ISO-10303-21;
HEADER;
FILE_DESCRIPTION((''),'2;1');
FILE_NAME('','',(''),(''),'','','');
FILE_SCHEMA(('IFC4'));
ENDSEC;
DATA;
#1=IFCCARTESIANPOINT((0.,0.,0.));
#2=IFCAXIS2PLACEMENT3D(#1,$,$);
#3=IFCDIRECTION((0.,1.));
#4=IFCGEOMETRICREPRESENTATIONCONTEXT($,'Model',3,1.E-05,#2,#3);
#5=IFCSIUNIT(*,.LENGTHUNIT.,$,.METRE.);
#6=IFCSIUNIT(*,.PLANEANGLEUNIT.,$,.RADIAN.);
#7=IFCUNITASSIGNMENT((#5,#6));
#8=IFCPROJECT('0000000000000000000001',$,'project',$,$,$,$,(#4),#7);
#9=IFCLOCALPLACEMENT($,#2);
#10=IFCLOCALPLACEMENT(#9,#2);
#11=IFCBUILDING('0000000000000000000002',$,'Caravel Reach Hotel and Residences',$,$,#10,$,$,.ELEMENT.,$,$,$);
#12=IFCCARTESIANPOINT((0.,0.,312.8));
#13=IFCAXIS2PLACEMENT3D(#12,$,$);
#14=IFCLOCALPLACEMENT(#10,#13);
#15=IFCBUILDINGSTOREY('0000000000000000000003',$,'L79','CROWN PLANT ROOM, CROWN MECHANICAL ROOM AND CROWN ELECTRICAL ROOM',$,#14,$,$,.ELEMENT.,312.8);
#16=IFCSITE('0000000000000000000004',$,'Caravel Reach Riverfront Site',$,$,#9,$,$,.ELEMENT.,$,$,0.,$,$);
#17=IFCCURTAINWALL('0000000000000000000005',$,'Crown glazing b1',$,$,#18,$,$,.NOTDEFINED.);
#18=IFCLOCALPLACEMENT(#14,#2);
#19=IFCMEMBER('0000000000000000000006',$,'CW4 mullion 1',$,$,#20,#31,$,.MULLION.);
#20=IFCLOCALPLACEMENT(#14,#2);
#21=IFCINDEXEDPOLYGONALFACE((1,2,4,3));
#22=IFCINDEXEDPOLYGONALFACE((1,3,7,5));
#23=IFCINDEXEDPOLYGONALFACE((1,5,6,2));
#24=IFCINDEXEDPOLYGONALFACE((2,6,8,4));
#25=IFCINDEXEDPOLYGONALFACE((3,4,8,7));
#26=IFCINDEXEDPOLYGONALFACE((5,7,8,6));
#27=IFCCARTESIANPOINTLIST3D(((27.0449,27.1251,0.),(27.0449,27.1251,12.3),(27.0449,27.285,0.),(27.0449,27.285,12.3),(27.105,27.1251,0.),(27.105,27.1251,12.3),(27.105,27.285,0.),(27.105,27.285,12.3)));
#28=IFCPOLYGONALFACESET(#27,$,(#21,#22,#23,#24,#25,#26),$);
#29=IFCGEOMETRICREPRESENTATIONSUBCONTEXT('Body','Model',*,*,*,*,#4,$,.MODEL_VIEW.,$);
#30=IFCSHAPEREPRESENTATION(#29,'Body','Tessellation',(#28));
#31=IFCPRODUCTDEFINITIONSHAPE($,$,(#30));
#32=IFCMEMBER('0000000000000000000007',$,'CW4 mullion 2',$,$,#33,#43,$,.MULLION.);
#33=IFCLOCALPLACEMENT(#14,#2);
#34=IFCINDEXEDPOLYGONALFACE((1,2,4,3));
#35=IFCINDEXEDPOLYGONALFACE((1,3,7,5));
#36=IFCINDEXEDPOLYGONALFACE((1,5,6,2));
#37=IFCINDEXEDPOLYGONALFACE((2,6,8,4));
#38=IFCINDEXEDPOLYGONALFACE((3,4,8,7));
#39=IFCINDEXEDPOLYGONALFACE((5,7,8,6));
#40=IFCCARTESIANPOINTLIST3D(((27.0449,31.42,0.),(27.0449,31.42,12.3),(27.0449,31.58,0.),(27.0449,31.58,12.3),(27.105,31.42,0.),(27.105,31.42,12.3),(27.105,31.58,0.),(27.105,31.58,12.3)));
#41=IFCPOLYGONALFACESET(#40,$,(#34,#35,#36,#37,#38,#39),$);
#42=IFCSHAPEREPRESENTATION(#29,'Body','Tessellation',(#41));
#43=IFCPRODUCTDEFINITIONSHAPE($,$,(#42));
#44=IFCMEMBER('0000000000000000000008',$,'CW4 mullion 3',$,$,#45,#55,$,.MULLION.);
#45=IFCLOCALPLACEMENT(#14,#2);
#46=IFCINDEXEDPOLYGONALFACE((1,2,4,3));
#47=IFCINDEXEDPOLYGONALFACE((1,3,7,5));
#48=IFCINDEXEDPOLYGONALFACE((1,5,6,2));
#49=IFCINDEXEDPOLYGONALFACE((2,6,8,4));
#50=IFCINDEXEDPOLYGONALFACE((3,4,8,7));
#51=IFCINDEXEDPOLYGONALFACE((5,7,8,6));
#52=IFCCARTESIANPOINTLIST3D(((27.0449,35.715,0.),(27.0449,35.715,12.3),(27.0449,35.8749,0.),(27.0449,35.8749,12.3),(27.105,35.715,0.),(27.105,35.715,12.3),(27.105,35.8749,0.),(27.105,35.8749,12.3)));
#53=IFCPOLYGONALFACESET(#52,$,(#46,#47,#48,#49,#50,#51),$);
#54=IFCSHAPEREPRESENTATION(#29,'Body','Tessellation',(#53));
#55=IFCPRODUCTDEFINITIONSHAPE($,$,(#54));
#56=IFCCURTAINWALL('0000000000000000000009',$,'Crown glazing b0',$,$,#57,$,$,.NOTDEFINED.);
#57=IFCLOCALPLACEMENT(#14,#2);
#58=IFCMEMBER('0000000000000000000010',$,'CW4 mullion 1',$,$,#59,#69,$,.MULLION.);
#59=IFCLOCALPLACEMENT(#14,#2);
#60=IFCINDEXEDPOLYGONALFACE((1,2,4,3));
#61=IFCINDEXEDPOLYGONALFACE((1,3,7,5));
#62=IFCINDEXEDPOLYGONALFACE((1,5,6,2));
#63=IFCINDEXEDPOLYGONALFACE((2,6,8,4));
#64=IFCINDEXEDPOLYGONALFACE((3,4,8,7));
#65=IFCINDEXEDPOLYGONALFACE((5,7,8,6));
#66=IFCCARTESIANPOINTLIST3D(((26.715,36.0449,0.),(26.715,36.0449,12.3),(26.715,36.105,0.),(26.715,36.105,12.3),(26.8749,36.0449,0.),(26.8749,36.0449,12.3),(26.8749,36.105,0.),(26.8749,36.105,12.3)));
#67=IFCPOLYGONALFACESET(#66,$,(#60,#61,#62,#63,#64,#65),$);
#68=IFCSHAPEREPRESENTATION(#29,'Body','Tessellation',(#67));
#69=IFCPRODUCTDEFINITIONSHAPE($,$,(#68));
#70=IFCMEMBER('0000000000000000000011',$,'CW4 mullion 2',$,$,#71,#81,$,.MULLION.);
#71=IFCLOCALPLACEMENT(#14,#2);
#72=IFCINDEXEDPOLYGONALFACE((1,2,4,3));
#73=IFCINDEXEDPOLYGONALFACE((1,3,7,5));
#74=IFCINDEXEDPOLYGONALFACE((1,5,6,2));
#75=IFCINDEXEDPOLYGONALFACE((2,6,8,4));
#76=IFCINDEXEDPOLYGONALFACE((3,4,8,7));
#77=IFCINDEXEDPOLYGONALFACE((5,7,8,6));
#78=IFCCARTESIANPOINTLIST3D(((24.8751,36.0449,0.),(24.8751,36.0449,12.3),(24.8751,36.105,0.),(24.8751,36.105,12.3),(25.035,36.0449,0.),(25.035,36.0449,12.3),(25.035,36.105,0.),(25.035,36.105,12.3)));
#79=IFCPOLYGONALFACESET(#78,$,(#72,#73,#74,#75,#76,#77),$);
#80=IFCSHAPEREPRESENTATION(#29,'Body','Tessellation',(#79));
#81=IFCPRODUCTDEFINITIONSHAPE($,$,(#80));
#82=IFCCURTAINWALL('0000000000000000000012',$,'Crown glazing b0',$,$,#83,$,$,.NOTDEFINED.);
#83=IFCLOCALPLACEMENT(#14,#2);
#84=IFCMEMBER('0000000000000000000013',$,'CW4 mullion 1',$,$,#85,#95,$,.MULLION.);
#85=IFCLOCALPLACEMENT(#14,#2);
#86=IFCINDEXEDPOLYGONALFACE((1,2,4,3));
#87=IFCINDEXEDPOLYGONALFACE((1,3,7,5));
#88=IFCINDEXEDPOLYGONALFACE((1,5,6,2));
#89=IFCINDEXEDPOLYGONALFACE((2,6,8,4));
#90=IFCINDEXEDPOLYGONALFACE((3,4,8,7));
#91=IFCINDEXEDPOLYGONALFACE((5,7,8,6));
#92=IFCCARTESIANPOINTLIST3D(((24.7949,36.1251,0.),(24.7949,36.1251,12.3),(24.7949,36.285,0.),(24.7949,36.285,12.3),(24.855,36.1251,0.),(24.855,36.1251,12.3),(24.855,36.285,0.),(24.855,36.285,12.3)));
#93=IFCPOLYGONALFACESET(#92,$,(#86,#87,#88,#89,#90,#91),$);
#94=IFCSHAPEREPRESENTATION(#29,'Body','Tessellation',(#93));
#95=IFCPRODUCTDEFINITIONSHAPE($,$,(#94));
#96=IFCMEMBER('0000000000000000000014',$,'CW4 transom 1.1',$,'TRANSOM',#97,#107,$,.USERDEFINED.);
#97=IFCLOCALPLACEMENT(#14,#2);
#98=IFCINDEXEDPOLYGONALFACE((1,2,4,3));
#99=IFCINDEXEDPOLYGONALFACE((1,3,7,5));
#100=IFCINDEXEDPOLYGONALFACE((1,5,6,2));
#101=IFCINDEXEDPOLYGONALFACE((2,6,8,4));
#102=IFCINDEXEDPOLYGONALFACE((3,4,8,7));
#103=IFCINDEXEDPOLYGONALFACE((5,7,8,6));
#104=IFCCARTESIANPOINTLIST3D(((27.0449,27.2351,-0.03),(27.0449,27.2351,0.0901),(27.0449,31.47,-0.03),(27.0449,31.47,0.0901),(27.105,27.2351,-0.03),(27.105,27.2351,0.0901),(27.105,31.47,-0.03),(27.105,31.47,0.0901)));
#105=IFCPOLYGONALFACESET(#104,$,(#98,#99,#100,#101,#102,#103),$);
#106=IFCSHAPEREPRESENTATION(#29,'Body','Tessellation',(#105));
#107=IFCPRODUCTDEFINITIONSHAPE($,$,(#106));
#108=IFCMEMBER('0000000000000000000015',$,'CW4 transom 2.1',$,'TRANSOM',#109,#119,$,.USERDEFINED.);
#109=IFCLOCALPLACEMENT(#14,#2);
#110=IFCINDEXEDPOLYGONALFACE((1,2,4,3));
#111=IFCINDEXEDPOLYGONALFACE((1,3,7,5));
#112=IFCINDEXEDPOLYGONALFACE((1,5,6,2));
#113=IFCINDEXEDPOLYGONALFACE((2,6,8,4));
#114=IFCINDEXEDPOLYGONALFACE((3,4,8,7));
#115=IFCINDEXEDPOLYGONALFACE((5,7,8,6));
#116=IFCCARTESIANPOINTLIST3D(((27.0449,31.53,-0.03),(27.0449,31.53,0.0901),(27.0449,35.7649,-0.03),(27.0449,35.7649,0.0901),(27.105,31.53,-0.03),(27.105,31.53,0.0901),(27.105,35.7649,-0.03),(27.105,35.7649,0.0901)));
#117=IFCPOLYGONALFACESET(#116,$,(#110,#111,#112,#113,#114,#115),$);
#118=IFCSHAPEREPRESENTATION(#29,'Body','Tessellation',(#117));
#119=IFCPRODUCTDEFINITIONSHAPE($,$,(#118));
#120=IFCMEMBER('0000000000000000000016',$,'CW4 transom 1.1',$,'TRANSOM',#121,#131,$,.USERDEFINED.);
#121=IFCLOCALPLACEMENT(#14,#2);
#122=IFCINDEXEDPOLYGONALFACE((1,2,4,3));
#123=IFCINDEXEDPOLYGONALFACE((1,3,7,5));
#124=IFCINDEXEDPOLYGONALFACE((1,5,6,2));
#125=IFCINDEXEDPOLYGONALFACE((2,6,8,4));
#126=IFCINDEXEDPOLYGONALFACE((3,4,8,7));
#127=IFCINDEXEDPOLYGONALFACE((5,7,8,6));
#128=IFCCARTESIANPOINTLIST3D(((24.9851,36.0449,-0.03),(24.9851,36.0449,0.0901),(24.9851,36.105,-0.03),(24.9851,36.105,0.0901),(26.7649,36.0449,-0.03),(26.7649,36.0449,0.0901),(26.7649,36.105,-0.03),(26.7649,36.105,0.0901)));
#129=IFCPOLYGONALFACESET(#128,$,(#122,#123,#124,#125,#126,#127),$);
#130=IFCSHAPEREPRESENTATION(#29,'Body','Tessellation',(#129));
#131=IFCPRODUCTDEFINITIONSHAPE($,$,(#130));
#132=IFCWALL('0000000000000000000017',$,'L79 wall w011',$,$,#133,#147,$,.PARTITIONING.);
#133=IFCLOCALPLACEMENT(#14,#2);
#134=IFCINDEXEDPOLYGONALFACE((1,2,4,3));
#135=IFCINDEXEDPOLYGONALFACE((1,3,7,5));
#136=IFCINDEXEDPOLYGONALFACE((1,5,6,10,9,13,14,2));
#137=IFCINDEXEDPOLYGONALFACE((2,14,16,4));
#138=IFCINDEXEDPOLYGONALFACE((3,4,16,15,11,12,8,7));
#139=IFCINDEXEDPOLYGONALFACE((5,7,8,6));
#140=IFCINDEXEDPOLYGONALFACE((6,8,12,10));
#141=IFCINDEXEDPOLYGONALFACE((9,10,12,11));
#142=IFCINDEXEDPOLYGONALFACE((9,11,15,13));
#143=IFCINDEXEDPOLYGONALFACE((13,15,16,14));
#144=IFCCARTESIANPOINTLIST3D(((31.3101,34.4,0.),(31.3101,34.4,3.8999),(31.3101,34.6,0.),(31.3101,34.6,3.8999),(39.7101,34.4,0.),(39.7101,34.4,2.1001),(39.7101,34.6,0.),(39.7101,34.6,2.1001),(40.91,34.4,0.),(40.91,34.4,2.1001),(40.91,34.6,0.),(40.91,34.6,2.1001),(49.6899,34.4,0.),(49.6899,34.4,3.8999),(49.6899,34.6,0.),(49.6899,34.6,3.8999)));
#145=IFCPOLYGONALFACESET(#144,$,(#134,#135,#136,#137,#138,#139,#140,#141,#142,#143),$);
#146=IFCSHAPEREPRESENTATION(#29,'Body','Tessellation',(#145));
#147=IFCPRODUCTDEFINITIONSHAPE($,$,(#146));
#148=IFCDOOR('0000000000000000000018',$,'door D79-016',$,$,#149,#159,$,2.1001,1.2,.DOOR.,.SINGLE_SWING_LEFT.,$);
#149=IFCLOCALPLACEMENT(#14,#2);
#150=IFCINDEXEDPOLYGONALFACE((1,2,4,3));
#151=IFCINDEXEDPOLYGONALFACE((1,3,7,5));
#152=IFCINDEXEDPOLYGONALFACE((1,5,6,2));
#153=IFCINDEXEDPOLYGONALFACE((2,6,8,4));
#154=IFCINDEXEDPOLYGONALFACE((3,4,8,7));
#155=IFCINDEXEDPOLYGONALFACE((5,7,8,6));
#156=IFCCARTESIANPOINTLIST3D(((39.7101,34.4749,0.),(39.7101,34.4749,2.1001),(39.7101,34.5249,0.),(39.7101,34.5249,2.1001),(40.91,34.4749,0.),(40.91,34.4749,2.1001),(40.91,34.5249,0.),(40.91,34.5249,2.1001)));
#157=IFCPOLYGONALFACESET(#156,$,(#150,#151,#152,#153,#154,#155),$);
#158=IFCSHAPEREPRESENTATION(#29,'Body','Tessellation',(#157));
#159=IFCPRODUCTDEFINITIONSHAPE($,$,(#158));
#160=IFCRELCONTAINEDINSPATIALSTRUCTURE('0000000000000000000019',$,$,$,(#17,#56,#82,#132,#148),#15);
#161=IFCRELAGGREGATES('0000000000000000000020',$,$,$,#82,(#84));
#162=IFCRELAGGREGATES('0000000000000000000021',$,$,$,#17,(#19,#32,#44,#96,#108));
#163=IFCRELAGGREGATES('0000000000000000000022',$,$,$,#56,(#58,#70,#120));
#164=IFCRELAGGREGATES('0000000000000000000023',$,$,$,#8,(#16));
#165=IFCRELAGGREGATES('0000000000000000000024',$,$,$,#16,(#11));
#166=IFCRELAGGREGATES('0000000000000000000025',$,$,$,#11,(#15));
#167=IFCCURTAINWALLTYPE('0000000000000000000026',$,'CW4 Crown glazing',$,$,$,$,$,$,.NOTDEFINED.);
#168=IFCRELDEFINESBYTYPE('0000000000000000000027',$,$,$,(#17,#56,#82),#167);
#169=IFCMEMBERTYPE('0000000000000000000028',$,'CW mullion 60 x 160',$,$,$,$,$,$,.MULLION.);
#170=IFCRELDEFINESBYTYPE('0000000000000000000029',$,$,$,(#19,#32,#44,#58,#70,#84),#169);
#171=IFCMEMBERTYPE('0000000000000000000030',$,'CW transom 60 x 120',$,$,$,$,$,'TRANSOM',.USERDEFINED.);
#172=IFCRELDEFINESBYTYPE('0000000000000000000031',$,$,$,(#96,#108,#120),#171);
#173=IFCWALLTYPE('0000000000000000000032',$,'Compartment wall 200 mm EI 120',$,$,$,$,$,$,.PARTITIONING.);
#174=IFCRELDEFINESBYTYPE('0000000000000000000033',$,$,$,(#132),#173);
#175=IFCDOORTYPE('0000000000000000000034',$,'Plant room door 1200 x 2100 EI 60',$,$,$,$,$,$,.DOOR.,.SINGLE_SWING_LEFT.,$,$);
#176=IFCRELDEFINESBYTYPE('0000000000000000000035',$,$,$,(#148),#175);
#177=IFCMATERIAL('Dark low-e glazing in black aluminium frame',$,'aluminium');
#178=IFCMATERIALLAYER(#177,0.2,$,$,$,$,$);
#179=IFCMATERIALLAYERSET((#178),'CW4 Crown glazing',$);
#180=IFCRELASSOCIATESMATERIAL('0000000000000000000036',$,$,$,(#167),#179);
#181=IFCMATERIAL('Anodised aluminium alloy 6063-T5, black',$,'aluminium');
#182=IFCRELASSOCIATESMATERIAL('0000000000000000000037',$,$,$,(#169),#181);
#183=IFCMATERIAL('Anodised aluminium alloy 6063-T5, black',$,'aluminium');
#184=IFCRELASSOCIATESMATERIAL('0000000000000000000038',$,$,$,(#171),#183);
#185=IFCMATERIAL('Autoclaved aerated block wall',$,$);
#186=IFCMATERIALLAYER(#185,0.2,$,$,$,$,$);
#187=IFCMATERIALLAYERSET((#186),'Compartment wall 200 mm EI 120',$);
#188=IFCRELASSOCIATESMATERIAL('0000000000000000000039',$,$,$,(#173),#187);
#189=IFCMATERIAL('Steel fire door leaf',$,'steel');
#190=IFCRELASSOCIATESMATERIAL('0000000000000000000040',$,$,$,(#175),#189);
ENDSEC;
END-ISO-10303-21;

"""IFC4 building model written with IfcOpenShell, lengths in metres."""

from ifc_helpers import new_model, si_unit, direction, frame, frame_2d, origin, origin_2d, place, context, subcontext, project, spatial, rectangle, extrude, material, layer, layer_set, material_profile, profile_set, type_object, element, fill, aggregate, save


model = new_model("IFC4")

# Units and contexts
model_context = context("Model", 3, precision=1e-05, world=origin(), true_north=direction((0.0, 1.0)))
body_context = subcontext(model_context, "Body", "Model", "MODEL_VIEW")
ifc_project = project(units=[si_unit("LENGTHUNIT", "METRE"), si_unit("PLANEANGLEUNIT", "RADIAN")], contexts=[model_context])

# Site, building, storey
site_placement = place(None, origin())
site = spatial("IfcSite", under=ifc_project, at=site_placement, Name="Caravel Reach Riverfront Site", CompositionType="ELEMENT", RefElevation=0.0)
building_placement = place(site_placement, origin())
building = spatial("IfcBuilding", under=site, at=building_placement, Name="Caravel Reach Hotel and Residences", CompositionType="ELEMENT")
storey_placement = place(building_placement, frame((0.0, 0.0, 312.8)))
storey = spatial("IfcBuildingStorey", under=building, at=storey_placement, Name="L79", Description="CROWN PLANT ROOM, CROWN MECHANICAL ROOM AND CROWN ELECTRICAL ROOM", CompositionType="ELEMENT", Elevation=312.8)

# Shared definitions
ifc_material_1 = material(Name="Dark low-e glazing in black aluminium frame", Category="aluminium")
ifc_layer_1 = layer(ifc_material_1, 0.2)
ifc_layer_set_1 = layer_set([ifc_layer_1], Name="CW4 Crown glazing")
curtain_wall_type = type_object("IfcCurtainWallType", Name="CW4 Crown glazing", PredefinedType="NOTDEFINED", material=ifc_layer_set_1)
ifc_material_2 = material(Name="Anodised aluminium alloy 6063-T5, black", Category="aluminium")
ifc_material_profile_1 = material_profile(ifc_material_2, rectangle(XDim=0.0601, YDim=0.1599, at=origin_2d()), Name="CW mullion 60 x 160")
ifc_profile_set_1 = profile_set([ifc_material_profile_1], Name="Anodised aluminium alloy 6063-T5, black")
member_type_1 = type_object("IfcMemberType", Name="CW mullion 60 x 160", PredefinedType="MULLION", material=ifc_profile_set_1)

# Curtain walls, members
curtain_wall_1_placement = place(storey_placement, origin())
curtain_wall_1 = element("IfcCurtainWall", 1, at=curtain_wall_1_placement, inside=storey, type_object=curtain_wall_type, Name="Crown glazing b1", PredefinedType="NOTDEFINED")
member_1_placement = place(storey_placement, frame((27.075, 27.2051, 0.0), z_axis=(0.0, 0.0, 1.0), x_axis=(-1.0, 0.0, 0.0)))
member_1 = element("IfcMember", 2, at=member_1_placement, type_object=member_type_1, Name="CW4 mullion 1", PredefinedType="MULLION", context=body_context, shape_type="SweptSolid", body=[
    extrude(rectangle(XDim=0.0601, YDim=0.1599, at=origin_2d()), origin(), (0.0, 0.0, 1.0), 12.3),
])
member_2_placement = place(storey_placement, frame((27.075, 31.5, 0.0), z_axis=(0.0, 0.0, 1.0), x_axis=(-1.0, 0.0, 0.0)))
member_2 = element("IfcMember", 3, at=member_2_placement, type_object=member_type_1, Name="CW4 mullion 2", PredefinedType="MULLION", context=body_context, shape_type="SweptSolid", body=[
    extrude(rectangle(XDim=0.0601, YDim=0.1599, at=origin_2d()), origin(), (0.0, 0.0, 1.0), 12.3),
])
member_3_placement = place(storey_placement, frame((27.075, 35.7949, 0.0), z_axis=(0.0, 0.0, 1.0), x_axis=(-1.0, 0.0, 0.0)))
member_3 = element("IfcMember", 4, at=member_3_placement, type_object=member_type_1, Name="CW4 mullion 3", PredefinedType="MULLION", context=body_context, shape_type="SweptSolid", body=[
    extrude(rectangle(XDim=0.0601, YDim=0.1599, at=origin_2d()), origin(), (0.0, 0.0, 1.0), 12.3),
])
curtain_wall_2_placement = place(storey_placement, origin())
curtain_wall_2 = element("IfcCurtainWall", 5, at=curtain_wall_2_placement, inside=storey, type_object=curtain_wall_type, Name="Crown glazing b0", PredefinedType="NOTDEFINED")
member_4_placement = place(storey_placement, frame((26.7949, 36.075, 0.0), z_axis=(0.0, 0.0, 1.0), x_axis=(0.0, -1.0, 0.0)))
member_4 = element("IfcMember", 6, at=member_4_placement, type_object=member_type_1, Name="CW4 mullion 1", PredefinedType="MULLION", context=body_context, shape_type="SweptSolid", body=[
    extrude(rectangle(XDim=0.0601, YDim=0.1599, at=origin_2d()), origin(), (0.0, 0.0, 1.0), 12.3),
])
member_5_placement = place(storey_placement, frame((24.9551, 36.075, 0.0), z_axis=(0.0, 0.0, 1.0), x_axis=(0.0, -1.0, 0.0)))
member_5 = element("IfcMember", 7, at=member_5_placement, type_object=member_type_1, Name="CW4 mullion 2", PredefinedType="MULLION", context=body_context, shape_type="SweptSolid", body=[
    extrude(rectangle(XDim=0.0601, YDim=0.1599, at=origin_2d()), origin(), (0.0, 0.0, 1.0), 12.3),
])

# Curtain wall, member
curtain_wall_3_placement = place(storey_placement, origin())
curtain_wall_3 = element("IfcCurtainWall", 8, at=curtain_wall_3_placement, inside=storey, type_object=curtain_wall_type, Name="Crown glazing b0", PredefinedType="NOTDEFINED")
member_6_placement = place(storey_placement, frame((24.825, 36.2051, 0.0), z_axis=(0.0, 0.0, 1.0), x_axis=(-1.0, 0.0, 0.0)))
member_6 = element("IfcMember", 9, at=member_6_placement, type_object=member_type_1, Name="CW4 mullion 1", PredefinedType="MULLION", context=body_context, shape_type="SweptSolid", body=[
    extrude(rectangle(XDim=0.0601, YDim=0.1599, at=origin_2d()), origin(), (0.0, 0.0, 1.0), 12.3),
])
aggregate(curtain_wall_3, [member_6])

# Members
ifc_material_3 = material(Name="Anodised aluminium alloy 6063-T5, black", Category="aluminium")
ifc_material_profile_2 = material_profile(ifc_material_3, rectangle(XDim=0.0601, YDim=0.1201, at=origin_2d()), Name="CW transom 60 x 120")
ifc_profile_set_2 = profile_set([ifc_material_profile_2], Name="Anodised aluminium alloy 6063-T5, black")
member_type_2 = type_object("IfcMemberType", Name="CW transom 60 x 120", ElementType="TRANSOM", PredefinedType="USERDEFINED", material=ifc_profile_set_2)
member_7_placement = place(storey_placement, frame((27.075, 27.2351, 0.03), z_axis=(0.0, 1.0, 0.0), x_axis=(-1.0, 0.0, 0.0)))
member_7 = element("IfcMember", 10, at=member_7_placement, type_object=member_type_2, Name="CW4 transom 1.1", ObjectType="TRANSOM", PredefinedType="USERDEFINED", context=body_context, shape_type="SweptSolid", body=[
    extrude(rectangle(XDim=0.0601, YDim=0.1201, at=origin_2d()), origin(), (0.0, 0.0, 1.0), 4.2349),
])
member_8_placement = place(storey_placement, frame((27.075, 31.53, 0.03), z_axis=(0.0, 1.0, 0.0), x_axis=(-1.0, 0.0, 0.0)))
member_8 = element("IfcMember", 11, at=member_8_placement, type_object=member_type_2, Name="CW4 transom 2.1", ObjectType="TRANSOM", PredefinedType="USERDEFINED", context=body_context, shape_type="SweptSolid", body=[
    extrude(rectangle(XDim=0.0601, YDim=0.1201, at=origin_2d()), origin(), (0.0, 0.0, 1.0), 4.2349),
])
aggregate(curtain_wall_1, [member_1, member_2, member_3, member_7, member_8])
member_9_placement = place(storey_placement, frame((26.7649, 36.075, 0.03), z_axis=(-1.0, 0.0, 0.0), x_axis=(0.0, -1.0, 0.0)))
member_9 = element("IfcMember", 12, at=member_9_placement, type_object=member_type_2, Name="CW4 transom 1.1", ObjectType="TRANSOM", PredefinedType="USERDEFINED", context=body_context, shape_type="SweptSolid", body=[
    extrude(rectangle(XDim=0.0601, YDim=0.1201, at=origin_2d()), origin(), (0.0, 0.0, 1.0), 1.7798),
])
aggregate(curtain_wall_2, [member_4, member_5, member_9])

# Wall, opening, door
ifc_material_4 = material(Name="Autoclaved aerated block wall")
ifc_layer_2 = layer(ifc_material_4, 0.2)
ifc_layer_set_2 = layer_set([ifc_layer_2], Name="Compartment wall 200 mm EI 120")
wall_type_1 = type_object("IfcWallType", Name="Compartment wall 200 mm EI 120", PredefinedType="PARTITIONING", material=ifc_layer_set_2)
wall_1_placement = place(storey_placement, frame((31.3101, 34.5, 0.0), z_axis=(0.0, 0.0, 1.0), x_axis=(1.0, 0.0, 0.0)))
wall_1 = element("IfcWall", 13, at=wall_1_placement, inside=storey, type_object=wall_type_1, Name="L79 wall w011", PredefinedType="PARTITIONING", context=body_context, shape_type="SweptSolid", body=[
    extrude(rectangle(XDim=18.3799, YDim=0.2, at=frame_2d((9.1899, 0.0))), origin(), (0.0, 0.0, 1.0), 3.8999),
])
opening_1_placement = place(wall_1_placement, frame((8.3999, 0.0, 0.0)))
opening_1 = element("IfcOpeningElement", 14, at=opening_1_placement, cuts=wall_1, PredefinedType="OPENING", context=body_context, shape_type="SweptSolid", body=[
    extrude(rectangle(XDim=1.2, YDim=2.1001, at=frame_2d((0.6001, 1.05))), frame((0.0, 0.1099, 0.0), z_axis=(0.0, -1.0, 0.0), x_axis=(1.0, 0.0, 0.0)), (0.0, 0.0, 1.0), 0.22),
])
ifc_material_5 = material(Name="Steel fire door leaf", Category="steel")
door_type_1 = type_object("IfcDoorType", Name="Plant room door 1200 x 2100 EI 60", OperationType="SINGLE_SWING_LEFT", PredefinedType="DOOR", material=ifc_material_5)
door_1_placement = place(opening_1_placement, origin())
door_1 = element("IfcDoor", 15, at=door_1_placement, inside=storey, type_object=door_type_1, Name="door D79-016", OperationType="SINGLE_SWING_LEFT", OverallHeight=2.1001, OverallWidth=1.2, PredefinedType="DOOR", context=body_context, shape_type="SweptSolid", body=[
    extrude(rectangle(XDim=1.2, YDim=2.1001, at=frame_2d((0.6001, 1.05))), frame((0.0, 0.0249, 0.0), z_axis=(0.0, -1.0, 0.0), x_axis=(1.0, 0.0, 0.0)), (0.0, 0.0, 1.0), 0.05),
])
fill(opening_1, door_1)

save(model, "model.ifc")
